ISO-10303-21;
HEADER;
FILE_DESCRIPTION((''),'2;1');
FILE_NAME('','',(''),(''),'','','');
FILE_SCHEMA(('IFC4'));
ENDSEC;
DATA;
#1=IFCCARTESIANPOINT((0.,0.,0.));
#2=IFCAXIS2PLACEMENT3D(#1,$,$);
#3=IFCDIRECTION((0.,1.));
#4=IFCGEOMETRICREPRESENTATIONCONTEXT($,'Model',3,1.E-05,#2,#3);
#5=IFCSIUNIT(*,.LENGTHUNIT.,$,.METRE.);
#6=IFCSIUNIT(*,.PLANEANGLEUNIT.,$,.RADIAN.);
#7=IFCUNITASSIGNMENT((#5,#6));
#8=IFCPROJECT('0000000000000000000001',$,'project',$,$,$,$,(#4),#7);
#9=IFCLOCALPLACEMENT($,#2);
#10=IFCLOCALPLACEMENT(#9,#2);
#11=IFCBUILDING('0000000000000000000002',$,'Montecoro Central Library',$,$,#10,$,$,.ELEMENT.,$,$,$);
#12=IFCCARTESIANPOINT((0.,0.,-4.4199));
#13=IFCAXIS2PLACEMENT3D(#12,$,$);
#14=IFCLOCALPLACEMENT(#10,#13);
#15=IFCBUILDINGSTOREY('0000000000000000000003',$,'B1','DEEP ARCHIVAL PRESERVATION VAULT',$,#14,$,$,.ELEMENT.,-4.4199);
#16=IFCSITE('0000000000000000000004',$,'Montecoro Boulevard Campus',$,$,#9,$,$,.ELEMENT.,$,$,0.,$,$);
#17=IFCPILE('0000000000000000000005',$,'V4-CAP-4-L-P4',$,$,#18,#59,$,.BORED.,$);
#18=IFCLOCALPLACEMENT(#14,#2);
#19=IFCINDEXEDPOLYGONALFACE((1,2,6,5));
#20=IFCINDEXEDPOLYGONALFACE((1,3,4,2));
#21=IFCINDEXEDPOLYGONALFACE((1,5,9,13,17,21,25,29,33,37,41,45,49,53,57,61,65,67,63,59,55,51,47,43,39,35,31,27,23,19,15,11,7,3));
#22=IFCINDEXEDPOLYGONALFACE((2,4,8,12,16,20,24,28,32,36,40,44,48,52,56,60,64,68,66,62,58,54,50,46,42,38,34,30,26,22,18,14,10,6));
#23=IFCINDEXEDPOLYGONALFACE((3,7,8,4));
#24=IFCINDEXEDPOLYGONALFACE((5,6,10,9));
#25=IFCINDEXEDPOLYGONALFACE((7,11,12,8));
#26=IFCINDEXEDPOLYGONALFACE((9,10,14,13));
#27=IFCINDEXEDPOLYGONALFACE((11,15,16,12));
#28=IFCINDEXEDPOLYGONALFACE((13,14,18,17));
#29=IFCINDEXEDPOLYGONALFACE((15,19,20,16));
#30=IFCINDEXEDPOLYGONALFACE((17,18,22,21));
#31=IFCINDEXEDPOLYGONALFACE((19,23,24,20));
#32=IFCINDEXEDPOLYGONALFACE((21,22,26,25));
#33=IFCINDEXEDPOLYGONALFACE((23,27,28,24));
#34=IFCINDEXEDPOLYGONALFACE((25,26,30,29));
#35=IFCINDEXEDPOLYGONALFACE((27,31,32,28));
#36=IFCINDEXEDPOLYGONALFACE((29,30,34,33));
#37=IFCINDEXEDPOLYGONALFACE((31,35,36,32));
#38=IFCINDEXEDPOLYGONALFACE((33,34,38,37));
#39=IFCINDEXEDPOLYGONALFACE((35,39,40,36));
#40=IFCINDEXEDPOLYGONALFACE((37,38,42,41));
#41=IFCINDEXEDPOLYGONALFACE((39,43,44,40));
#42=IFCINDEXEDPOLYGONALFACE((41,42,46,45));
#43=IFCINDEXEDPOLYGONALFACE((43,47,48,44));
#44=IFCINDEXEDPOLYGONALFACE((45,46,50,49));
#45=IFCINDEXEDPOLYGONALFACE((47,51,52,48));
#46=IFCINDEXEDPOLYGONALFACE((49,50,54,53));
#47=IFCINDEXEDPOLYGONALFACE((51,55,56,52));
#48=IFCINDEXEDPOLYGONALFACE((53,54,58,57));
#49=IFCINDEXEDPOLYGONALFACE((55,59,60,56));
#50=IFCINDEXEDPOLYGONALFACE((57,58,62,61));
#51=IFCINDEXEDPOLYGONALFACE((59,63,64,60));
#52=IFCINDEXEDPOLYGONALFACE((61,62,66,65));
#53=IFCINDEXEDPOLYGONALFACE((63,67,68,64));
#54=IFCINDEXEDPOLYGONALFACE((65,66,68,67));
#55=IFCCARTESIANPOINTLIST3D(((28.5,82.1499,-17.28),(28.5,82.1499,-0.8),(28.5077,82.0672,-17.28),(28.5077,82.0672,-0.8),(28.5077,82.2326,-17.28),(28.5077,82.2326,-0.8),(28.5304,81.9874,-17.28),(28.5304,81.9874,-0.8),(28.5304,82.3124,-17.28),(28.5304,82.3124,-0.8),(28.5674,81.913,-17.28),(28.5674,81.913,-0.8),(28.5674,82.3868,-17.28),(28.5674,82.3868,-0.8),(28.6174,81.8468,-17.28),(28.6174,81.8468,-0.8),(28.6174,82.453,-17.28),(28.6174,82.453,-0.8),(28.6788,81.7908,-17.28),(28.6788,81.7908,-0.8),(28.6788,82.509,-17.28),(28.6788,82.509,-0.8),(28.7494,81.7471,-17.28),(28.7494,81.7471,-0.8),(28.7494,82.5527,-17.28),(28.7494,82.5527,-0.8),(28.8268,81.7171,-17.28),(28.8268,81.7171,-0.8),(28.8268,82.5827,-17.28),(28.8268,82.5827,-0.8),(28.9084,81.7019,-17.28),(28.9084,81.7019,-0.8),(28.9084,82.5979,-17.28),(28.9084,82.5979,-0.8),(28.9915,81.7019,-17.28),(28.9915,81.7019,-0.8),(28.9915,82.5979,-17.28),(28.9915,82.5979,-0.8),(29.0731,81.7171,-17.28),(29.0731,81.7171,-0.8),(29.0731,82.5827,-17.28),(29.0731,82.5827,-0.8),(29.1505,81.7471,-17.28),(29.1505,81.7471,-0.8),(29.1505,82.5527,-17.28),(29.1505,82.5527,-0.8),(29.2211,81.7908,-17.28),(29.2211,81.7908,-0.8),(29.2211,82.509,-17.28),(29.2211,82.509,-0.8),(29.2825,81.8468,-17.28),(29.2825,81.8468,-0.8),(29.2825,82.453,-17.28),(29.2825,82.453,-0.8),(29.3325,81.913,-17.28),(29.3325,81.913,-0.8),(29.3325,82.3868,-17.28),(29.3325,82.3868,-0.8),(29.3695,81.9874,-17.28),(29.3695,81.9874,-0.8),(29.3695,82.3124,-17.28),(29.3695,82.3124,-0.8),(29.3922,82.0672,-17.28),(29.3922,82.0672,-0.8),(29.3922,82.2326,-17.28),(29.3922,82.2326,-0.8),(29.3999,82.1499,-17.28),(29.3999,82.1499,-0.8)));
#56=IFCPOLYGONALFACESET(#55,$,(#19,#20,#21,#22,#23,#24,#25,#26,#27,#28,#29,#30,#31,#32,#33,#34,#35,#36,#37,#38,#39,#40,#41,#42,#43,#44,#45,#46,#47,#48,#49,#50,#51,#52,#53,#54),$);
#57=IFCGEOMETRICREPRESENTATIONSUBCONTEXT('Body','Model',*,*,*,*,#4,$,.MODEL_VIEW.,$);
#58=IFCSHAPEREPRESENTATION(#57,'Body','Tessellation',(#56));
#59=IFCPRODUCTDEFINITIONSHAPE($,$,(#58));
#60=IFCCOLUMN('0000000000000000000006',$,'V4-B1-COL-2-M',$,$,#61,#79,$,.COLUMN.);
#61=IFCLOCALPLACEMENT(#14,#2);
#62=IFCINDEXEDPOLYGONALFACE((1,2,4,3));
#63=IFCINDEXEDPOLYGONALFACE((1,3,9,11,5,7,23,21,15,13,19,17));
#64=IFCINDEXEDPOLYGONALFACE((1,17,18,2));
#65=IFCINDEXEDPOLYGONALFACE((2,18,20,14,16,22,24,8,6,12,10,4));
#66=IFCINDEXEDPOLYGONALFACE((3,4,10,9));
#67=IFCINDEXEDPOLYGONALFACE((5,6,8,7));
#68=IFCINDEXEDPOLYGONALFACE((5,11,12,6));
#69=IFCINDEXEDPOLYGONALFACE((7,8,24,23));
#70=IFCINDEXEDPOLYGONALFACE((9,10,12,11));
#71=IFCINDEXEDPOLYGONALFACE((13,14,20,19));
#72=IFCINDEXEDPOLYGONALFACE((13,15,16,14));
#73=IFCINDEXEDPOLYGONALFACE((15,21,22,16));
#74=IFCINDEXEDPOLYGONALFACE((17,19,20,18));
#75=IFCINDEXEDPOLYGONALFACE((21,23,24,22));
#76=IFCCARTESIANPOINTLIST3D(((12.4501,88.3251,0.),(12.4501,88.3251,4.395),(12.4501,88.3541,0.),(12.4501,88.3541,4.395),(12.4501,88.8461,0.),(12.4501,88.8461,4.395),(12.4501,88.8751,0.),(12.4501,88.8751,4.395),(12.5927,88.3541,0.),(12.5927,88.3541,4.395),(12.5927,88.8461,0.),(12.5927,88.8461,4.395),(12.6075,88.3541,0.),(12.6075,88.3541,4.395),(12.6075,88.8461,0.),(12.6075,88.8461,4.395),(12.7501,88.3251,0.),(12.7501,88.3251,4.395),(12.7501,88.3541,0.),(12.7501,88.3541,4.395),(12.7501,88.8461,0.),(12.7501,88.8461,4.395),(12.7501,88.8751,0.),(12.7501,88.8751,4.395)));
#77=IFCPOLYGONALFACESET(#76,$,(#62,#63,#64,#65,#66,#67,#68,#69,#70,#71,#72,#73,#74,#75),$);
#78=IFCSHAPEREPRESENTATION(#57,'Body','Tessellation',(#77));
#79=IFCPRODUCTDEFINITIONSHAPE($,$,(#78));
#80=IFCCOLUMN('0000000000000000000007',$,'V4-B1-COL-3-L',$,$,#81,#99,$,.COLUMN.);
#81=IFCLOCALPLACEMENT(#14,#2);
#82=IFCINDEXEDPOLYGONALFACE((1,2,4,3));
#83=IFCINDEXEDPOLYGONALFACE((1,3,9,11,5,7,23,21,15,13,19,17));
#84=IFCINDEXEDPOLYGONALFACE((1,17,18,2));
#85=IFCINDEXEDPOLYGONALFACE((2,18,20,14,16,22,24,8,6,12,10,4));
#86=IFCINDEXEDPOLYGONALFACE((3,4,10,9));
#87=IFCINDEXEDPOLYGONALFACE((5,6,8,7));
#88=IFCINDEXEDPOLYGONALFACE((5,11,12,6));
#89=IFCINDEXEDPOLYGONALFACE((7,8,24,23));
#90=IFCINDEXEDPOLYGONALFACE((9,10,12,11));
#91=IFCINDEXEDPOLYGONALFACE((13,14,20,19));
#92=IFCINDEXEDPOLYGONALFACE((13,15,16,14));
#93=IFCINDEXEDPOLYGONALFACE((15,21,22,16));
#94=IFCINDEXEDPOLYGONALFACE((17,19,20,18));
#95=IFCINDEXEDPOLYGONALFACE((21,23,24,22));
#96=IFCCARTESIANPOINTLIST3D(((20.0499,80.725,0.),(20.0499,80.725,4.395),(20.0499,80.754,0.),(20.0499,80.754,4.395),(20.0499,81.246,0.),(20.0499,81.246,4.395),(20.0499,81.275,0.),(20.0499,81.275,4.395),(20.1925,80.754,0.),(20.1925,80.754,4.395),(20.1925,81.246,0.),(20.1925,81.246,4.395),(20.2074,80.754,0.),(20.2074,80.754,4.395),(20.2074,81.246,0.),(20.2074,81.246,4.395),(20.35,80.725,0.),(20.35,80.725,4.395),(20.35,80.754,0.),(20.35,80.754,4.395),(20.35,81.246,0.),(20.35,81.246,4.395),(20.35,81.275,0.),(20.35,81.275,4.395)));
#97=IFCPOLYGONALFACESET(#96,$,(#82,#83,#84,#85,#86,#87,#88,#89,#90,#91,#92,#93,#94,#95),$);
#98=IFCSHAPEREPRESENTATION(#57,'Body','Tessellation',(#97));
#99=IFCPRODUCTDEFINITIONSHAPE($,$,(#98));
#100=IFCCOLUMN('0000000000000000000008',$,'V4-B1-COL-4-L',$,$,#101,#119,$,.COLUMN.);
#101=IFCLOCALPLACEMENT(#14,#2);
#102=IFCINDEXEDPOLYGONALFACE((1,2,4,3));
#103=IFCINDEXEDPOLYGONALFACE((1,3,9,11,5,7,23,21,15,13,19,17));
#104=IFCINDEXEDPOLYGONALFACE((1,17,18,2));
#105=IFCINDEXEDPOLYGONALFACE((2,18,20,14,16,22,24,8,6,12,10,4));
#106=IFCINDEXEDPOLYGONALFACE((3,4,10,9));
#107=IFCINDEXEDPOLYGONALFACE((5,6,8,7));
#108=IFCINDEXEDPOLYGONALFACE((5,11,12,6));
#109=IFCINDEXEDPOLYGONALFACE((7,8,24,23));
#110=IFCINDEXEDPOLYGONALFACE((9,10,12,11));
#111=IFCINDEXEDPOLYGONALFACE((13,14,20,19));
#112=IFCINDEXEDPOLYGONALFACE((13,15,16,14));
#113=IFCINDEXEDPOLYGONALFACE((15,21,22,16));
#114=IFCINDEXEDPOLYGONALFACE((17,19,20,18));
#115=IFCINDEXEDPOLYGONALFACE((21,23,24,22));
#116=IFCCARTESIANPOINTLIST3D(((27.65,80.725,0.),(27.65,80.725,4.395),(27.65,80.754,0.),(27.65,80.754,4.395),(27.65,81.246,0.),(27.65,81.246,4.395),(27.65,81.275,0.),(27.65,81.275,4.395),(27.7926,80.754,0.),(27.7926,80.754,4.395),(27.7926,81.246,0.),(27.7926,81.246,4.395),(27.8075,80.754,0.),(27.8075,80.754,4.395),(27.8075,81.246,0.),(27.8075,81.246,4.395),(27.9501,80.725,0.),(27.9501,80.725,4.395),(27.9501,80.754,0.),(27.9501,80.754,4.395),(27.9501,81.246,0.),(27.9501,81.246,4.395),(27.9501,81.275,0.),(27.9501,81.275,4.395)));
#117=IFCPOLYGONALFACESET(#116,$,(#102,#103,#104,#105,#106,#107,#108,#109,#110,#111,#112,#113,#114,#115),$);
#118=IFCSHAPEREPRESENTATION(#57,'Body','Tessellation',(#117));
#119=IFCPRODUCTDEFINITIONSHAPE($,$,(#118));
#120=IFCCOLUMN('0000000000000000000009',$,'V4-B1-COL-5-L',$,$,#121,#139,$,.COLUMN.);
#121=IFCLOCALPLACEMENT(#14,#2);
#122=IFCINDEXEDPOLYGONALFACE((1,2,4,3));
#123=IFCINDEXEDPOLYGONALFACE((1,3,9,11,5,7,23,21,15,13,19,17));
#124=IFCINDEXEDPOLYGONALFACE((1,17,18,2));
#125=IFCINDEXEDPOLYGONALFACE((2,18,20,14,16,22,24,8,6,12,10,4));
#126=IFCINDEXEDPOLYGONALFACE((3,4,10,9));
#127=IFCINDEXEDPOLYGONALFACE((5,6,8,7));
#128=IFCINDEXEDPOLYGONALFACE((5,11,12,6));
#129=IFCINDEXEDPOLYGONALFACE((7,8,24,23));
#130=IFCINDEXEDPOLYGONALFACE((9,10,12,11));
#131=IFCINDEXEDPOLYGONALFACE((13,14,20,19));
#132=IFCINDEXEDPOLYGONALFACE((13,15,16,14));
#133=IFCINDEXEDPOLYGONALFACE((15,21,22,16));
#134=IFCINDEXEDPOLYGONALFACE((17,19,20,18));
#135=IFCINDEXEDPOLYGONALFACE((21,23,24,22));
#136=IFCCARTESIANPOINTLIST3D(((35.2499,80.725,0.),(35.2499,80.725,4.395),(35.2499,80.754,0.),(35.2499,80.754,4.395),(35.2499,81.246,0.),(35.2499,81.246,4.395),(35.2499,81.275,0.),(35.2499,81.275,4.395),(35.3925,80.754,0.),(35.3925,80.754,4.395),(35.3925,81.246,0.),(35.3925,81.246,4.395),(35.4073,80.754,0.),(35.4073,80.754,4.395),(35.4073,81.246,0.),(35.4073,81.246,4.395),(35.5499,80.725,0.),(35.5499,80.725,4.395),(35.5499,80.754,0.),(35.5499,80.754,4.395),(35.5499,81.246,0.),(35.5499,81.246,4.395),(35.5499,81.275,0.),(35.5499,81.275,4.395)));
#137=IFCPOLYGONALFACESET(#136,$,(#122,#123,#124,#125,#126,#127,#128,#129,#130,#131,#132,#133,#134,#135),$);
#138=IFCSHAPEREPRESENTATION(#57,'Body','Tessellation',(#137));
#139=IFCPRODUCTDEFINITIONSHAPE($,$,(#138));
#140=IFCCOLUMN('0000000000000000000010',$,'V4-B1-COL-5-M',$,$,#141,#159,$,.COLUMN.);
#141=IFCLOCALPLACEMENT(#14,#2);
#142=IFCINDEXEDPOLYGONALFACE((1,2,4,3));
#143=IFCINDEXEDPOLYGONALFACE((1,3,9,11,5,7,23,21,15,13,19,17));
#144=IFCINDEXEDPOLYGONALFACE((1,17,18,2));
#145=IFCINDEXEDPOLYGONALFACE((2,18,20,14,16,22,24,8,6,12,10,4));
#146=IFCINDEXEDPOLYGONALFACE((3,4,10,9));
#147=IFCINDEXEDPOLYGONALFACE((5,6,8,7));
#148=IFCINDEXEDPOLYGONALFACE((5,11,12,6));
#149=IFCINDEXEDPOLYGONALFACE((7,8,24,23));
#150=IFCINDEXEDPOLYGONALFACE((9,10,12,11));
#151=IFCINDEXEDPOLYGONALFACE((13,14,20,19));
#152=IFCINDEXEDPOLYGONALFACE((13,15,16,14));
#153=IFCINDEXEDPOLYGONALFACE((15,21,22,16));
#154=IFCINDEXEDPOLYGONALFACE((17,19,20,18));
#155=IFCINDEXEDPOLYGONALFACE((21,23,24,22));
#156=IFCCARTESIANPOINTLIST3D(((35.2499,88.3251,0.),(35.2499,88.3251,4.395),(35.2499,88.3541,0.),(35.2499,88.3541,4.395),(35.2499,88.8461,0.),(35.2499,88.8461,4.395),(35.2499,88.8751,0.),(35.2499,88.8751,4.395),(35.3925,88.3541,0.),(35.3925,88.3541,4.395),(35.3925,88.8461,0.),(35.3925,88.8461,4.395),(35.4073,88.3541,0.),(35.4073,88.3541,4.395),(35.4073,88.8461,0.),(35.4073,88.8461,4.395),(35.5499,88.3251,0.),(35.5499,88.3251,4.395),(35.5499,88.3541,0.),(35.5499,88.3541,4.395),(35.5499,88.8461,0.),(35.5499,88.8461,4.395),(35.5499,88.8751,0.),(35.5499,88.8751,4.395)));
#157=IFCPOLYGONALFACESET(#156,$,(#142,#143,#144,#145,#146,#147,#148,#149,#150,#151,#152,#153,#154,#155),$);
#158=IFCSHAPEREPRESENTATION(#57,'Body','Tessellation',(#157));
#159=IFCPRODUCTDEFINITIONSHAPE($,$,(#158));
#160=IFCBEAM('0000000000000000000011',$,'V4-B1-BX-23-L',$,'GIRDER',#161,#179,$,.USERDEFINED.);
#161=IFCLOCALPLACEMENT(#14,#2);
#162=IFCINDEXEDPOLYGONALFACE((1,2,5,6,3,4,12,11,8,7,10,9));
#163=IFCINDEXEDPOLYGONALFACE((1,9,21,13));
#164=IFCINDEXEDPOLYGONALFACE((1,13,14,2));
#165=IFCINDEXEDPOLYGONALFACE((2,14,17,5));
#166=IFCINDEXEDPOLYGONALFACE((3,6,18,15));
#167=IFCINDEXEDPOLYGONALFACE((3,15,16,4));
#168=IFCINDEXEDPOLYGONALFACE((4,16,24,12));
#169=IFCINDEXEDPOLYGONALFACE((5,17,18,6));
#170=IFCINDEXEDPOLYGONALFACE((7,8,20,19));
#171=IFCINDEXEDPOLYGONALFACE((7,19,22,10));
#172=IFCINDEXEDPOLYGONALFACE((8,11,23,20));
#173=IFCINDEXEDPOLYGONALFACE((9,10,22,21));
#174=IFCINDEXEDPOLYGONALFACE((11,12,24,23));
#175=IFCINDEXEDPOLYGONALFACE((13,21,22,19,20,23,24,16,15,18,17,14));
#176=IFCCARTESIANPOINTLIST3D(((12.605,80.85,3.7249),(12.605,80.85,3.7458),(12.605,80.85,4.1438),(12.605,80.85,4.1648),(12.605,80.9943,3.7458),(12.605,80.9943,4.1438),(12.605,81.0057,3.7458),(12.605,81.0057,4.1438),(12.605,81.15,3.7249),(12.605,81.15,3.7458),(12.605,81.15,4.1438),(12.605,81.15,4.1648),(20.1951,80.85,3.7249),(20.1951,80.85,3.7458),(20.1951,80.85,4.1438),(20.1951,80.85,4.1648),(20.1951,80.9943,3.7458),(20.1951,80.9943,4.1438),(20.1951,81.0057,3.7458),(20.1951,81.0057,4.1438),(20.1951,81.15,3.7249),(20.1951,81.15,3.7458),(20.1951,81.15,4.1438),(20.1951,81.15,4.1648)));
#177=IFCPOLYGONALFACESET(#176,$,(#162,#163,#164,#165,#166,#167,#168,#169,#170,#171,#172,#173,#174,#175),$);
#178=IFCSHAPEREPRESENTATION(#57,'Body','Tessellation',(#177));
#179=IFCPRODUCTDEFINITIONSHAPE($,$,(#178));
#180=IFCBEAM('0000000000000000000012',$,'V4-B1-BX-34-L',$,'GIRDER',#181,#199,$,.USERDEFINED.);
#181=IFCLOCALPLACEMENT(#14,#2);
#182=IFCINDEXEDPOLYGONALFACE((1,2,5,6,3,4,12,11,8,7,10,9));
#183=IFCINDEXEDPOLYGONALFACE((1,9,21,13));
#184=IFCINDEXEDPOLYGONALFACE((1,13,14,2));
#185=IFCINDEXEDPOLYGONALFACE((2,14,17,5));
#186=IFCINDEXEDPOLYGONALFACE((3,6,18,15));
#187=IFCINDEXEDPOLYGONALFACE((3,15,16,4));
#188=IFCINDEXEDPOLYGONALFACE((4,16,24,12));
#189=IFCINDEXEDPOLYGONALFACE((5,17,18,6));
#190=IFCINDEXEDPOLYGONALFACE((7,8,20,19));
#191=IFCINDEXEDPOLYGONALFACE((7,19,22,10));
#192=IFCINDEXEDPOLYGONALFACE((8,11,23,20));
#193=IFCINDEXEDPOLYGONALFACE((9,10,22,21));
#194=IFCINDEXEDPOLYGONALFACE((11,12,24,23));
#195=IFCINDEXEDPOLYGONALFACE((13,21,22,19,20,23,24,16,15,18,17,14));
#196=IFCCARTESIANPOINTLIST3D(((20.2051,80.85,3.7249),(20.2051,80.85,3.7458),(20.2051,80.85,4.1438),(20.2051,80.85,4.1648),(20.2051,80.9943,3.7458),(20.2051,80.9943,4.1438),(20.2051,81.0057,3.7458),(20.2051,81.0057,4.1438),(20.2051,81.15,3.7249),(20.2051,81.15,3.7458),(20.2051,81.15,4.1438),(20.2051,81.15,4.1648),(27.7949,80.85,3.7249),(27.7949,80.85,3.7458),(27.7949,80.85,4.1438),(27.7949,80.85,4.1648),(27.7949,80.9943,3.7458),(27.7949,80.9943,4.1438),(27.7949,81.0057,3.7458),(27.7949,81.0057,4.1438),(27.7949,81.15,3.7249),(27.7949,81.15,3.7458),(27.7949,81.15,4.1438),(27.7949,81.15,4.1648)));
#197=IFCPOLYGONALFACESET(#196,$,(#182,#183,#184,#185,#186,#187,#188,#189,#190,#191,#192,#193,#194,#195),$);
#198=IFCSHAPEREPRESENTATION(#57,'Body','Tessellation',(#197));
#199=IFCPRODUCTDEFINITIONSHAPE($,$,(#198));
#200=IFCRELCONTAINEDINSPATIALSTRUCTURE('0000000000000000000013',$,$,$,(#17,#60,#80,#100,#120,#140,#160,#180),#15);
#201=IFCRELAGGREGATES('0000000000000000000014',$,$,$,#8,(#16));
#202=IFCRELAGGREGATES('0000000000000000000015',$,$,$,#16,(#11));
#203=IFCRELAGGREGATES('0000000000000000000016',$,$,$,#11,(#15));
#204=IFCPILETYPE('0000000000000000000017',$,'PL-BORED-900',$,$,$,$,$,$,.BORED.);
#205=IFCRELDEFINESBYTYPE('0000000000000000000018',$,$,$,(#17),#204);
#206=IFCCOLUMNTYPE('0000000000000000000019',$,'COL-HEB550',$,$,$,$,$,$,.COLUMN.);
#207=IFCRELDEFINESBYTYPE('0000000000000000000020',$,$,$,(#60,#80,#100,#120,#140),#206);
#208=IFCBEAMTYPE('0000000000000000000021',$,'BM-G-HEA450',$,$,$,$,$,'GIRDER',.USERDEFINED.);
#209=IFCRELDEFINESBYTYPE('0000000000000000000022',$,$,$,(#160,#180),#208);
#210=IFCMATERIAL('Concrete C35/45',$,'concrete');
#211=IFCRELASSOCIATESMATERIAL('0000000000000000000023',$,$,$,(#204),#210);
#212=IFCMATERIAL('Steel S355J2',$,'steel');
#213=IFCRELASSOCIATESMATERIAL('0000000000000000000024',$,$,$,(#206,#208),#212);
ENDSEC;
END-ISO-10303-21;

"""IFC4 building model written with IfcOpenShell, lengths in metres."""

from ifc_helpers import new_model, si_unit, direction, frame, origin, origin_2d, place, context, subcontext, project, spatial, circle, i_section, extrude, material, material_profile, profile_set, type_object, element, save


model = new_model("IFC4")

# Units and contexts
model_context = context("Model", 3, precision=1e-05, world=origin(), true_north=direction((0.0, 1.0)))
body_context = subcontext(model_context, "Body", "Model", "MODEL_VIEW")
ifc_project = project(units=[si_unit("LENGTHUNIT", "METRE"), si_unit("PLANEANGLEUNIT", "RADIAN")], contexts=[model_context])

# Site, building, storey
site_placement = place(None, origin())
site = spatial("IfcSite", under=ifc_project, at=site_placement, Name="Montecoro Boulevard Campus", CompositionType="ELEMENT", RefElevation=0.0)
building_placement = place(site_placement, origin())
building = spatial("IfcBuilding", under=site, at=building_placement, Name="Montecoro Central Library", CompositionType="ELEMENT")
storey_placement = place(building_placement, frame((0.0, 0.0, -4.4199)))
storey = spatial("IfcBuildingStorey", under=building, at=storey_placement, Name="B1", Description="DEEP ARCHIVAL PRESERVATION VAULT", CompositionType="ELEMENT", Elevation=-4.4199)

# Shared definitions
ifc_material_1 = material(Name="Concrete C35/45", Category="concrete")

# Pile
ifc_material_profile_1 = material_profile(ifc_material_1, circle(Radius=0.45, at=origin_2d()), Name="PILE D900")
ifc_profile_set_1 = profile_set([ifc_material_profile_1], Name="Concrete C35/45")
pile_type_1 = type_object("IfcPileType", Name="PL-BORED-900", PredefinedType="BORED", material=ifc_profile_set_1)
for number, where, z_axis, x_axis, name in (
    (1, (28.95, 82.1499, -0.8), (0.0, 0.0, -1.0), (1.0, 0.0, 0.0), "V4-CAP-4-L-P4"),
):
    element("IfcPile", number, at=place(storey_placement, frame(where, z_axis=z_axis, x_axis=x_axis)), inside=storey, type_object=pile_type_1, Name=name, PredefinedType="BORED", context=body_context, shape_type="SweptSolid", body=[
        extrude(circle(Radius=0.45, at=origin_2d()), origin(), (0.0, 0.0, 1.0), 16.48),
    ])

# Columns
ifc_material_2 = material(Name="Steel S355J2", Category="steel")
ifc_material_profile_2 = material_profile(ifc_material_2, i_section(OverallWidth=0.3, OverallDepth=0.55, WebThickness=0.0149, FlangeThickness=0.0291, at=origin_2d()), Name="HEB 550")
ifc_profile_set_2 = profile_set([ifc_material_profile_2], Name="Steel S355J2")
column_type = type_object("IfcColumnType", Name="COL-HEB550", PredefinedType="COLUMN", material=ifc_profile_set_2)
for number, where, z_axis, x_axis, name in (
    (2, (12.6001, 88.6001, 0.0), (0.0, 0.0, 1.0), (1.0, 0.0, 0.0), "V4-B1-COL-2-M"),
    (3, (20.2, 81.0, 0.0), (0.0, 0.0, 1.0), (1.0, 0.0, 0.0), "V4-B1-COL-3-L"),
    (4, (27.8, 81.0, 0.0), (0.0, 0.0, 1.0), (1.0, 0.0, 0.0), "V4-B1-COL-4-L"),
    (5, (35.3999, 81.0, 0.0), (0.0, 0.0, 1.0), (1.0, 0.0, 0.0), "V4-B1-COL-5-L"),
    (6, (35.3999, 88.6001, 0.0), (0.0, 0.0, 1.0), (1.0, 0.0, 0.0), "V4-B1-COL-5-M"),
):
    element("IfcColumn", number, at=place(storey_placement, frame(where, z_axis=z_axis, x_axis=x_axis)), inside=storey, type_object=column_type, Name=name, PredefinedType="COLUMN", context=body_context, shape_type="SweptSolid", body=[
        extrude(i_section(OverallWidth=0.3, OverallDepth=0.55, WebThickness=0.0149, FlangeThickness=0.0291, at=origin_2d()), origin(), (0.0, 0.0, 1.0), 4.395),
    ])

# Beams
ifc_material_profile_3 = material_profile(ifc_material_2, i_section(OverallWidth=0.3, OverallDepth=0.4399, WebThickness=0.0115, FlangeThickness=0.021, at=origin_2d()), Name="HEA 450")
ifc_profile_set_3 = profile_set([ifc_material_profile_3], Name="Steel S355J2")
beam_type_1 = type_object("IfcBeamType", Name="BM-G-HEA450", ElementType="GIRDER", PredefinedType="USERDEFINED", material=ifc_profile_set_3)
beam_1_placement = place(storey_placement, frame((12.605, 81.0, 3.9448), z_axis=(1.0, 0.0, 0.0), x_axis=(0.0, 1.0, 0.0)))
element("IfcBeam", 7, at=beam_1_placement, inside=storey, type_object=beam_type_1, Name="V4-B1-BX-23-L", ObjectType="GIRDER", PredefinedType="USERDEFINED", context=body_context, shape_type="SweptSolid", body=[
    extrude(i_section(OverallWidth=0.3, OverallDepth=0.4399, WebThickness=0.0115, FlangeThickness=0.021, at=origin_2d()), origin(), (0.0, 0.0, 1.0), 7.5901),
])
beam_2_placement = place(storey_placement, frame((20.2051, 81.0, 3.9448), z_axis=(1.0, 0.0, 0.0), x_axis=(0.0, 1.0, 0.0)))
element("IfcBeam", 8, at=beam_2_placement, inside=storey, type_object=beam_type_1, Name="V4-B1-BX-34-L", ObjectType="GIRDER", PredefinedType="USERDEFINED", context=body_context, shape_type="SweptSolid", body=[
    extrude(i_section(OverallWidth=0.3, OverallDepth=0.4399, WebThickness=0.0115, FlangeThickness=0.021, at=origin_2d()), origin(), (0.0, 0.0, 1.0), 7.5898),
])

save(model, "model.ifc")
